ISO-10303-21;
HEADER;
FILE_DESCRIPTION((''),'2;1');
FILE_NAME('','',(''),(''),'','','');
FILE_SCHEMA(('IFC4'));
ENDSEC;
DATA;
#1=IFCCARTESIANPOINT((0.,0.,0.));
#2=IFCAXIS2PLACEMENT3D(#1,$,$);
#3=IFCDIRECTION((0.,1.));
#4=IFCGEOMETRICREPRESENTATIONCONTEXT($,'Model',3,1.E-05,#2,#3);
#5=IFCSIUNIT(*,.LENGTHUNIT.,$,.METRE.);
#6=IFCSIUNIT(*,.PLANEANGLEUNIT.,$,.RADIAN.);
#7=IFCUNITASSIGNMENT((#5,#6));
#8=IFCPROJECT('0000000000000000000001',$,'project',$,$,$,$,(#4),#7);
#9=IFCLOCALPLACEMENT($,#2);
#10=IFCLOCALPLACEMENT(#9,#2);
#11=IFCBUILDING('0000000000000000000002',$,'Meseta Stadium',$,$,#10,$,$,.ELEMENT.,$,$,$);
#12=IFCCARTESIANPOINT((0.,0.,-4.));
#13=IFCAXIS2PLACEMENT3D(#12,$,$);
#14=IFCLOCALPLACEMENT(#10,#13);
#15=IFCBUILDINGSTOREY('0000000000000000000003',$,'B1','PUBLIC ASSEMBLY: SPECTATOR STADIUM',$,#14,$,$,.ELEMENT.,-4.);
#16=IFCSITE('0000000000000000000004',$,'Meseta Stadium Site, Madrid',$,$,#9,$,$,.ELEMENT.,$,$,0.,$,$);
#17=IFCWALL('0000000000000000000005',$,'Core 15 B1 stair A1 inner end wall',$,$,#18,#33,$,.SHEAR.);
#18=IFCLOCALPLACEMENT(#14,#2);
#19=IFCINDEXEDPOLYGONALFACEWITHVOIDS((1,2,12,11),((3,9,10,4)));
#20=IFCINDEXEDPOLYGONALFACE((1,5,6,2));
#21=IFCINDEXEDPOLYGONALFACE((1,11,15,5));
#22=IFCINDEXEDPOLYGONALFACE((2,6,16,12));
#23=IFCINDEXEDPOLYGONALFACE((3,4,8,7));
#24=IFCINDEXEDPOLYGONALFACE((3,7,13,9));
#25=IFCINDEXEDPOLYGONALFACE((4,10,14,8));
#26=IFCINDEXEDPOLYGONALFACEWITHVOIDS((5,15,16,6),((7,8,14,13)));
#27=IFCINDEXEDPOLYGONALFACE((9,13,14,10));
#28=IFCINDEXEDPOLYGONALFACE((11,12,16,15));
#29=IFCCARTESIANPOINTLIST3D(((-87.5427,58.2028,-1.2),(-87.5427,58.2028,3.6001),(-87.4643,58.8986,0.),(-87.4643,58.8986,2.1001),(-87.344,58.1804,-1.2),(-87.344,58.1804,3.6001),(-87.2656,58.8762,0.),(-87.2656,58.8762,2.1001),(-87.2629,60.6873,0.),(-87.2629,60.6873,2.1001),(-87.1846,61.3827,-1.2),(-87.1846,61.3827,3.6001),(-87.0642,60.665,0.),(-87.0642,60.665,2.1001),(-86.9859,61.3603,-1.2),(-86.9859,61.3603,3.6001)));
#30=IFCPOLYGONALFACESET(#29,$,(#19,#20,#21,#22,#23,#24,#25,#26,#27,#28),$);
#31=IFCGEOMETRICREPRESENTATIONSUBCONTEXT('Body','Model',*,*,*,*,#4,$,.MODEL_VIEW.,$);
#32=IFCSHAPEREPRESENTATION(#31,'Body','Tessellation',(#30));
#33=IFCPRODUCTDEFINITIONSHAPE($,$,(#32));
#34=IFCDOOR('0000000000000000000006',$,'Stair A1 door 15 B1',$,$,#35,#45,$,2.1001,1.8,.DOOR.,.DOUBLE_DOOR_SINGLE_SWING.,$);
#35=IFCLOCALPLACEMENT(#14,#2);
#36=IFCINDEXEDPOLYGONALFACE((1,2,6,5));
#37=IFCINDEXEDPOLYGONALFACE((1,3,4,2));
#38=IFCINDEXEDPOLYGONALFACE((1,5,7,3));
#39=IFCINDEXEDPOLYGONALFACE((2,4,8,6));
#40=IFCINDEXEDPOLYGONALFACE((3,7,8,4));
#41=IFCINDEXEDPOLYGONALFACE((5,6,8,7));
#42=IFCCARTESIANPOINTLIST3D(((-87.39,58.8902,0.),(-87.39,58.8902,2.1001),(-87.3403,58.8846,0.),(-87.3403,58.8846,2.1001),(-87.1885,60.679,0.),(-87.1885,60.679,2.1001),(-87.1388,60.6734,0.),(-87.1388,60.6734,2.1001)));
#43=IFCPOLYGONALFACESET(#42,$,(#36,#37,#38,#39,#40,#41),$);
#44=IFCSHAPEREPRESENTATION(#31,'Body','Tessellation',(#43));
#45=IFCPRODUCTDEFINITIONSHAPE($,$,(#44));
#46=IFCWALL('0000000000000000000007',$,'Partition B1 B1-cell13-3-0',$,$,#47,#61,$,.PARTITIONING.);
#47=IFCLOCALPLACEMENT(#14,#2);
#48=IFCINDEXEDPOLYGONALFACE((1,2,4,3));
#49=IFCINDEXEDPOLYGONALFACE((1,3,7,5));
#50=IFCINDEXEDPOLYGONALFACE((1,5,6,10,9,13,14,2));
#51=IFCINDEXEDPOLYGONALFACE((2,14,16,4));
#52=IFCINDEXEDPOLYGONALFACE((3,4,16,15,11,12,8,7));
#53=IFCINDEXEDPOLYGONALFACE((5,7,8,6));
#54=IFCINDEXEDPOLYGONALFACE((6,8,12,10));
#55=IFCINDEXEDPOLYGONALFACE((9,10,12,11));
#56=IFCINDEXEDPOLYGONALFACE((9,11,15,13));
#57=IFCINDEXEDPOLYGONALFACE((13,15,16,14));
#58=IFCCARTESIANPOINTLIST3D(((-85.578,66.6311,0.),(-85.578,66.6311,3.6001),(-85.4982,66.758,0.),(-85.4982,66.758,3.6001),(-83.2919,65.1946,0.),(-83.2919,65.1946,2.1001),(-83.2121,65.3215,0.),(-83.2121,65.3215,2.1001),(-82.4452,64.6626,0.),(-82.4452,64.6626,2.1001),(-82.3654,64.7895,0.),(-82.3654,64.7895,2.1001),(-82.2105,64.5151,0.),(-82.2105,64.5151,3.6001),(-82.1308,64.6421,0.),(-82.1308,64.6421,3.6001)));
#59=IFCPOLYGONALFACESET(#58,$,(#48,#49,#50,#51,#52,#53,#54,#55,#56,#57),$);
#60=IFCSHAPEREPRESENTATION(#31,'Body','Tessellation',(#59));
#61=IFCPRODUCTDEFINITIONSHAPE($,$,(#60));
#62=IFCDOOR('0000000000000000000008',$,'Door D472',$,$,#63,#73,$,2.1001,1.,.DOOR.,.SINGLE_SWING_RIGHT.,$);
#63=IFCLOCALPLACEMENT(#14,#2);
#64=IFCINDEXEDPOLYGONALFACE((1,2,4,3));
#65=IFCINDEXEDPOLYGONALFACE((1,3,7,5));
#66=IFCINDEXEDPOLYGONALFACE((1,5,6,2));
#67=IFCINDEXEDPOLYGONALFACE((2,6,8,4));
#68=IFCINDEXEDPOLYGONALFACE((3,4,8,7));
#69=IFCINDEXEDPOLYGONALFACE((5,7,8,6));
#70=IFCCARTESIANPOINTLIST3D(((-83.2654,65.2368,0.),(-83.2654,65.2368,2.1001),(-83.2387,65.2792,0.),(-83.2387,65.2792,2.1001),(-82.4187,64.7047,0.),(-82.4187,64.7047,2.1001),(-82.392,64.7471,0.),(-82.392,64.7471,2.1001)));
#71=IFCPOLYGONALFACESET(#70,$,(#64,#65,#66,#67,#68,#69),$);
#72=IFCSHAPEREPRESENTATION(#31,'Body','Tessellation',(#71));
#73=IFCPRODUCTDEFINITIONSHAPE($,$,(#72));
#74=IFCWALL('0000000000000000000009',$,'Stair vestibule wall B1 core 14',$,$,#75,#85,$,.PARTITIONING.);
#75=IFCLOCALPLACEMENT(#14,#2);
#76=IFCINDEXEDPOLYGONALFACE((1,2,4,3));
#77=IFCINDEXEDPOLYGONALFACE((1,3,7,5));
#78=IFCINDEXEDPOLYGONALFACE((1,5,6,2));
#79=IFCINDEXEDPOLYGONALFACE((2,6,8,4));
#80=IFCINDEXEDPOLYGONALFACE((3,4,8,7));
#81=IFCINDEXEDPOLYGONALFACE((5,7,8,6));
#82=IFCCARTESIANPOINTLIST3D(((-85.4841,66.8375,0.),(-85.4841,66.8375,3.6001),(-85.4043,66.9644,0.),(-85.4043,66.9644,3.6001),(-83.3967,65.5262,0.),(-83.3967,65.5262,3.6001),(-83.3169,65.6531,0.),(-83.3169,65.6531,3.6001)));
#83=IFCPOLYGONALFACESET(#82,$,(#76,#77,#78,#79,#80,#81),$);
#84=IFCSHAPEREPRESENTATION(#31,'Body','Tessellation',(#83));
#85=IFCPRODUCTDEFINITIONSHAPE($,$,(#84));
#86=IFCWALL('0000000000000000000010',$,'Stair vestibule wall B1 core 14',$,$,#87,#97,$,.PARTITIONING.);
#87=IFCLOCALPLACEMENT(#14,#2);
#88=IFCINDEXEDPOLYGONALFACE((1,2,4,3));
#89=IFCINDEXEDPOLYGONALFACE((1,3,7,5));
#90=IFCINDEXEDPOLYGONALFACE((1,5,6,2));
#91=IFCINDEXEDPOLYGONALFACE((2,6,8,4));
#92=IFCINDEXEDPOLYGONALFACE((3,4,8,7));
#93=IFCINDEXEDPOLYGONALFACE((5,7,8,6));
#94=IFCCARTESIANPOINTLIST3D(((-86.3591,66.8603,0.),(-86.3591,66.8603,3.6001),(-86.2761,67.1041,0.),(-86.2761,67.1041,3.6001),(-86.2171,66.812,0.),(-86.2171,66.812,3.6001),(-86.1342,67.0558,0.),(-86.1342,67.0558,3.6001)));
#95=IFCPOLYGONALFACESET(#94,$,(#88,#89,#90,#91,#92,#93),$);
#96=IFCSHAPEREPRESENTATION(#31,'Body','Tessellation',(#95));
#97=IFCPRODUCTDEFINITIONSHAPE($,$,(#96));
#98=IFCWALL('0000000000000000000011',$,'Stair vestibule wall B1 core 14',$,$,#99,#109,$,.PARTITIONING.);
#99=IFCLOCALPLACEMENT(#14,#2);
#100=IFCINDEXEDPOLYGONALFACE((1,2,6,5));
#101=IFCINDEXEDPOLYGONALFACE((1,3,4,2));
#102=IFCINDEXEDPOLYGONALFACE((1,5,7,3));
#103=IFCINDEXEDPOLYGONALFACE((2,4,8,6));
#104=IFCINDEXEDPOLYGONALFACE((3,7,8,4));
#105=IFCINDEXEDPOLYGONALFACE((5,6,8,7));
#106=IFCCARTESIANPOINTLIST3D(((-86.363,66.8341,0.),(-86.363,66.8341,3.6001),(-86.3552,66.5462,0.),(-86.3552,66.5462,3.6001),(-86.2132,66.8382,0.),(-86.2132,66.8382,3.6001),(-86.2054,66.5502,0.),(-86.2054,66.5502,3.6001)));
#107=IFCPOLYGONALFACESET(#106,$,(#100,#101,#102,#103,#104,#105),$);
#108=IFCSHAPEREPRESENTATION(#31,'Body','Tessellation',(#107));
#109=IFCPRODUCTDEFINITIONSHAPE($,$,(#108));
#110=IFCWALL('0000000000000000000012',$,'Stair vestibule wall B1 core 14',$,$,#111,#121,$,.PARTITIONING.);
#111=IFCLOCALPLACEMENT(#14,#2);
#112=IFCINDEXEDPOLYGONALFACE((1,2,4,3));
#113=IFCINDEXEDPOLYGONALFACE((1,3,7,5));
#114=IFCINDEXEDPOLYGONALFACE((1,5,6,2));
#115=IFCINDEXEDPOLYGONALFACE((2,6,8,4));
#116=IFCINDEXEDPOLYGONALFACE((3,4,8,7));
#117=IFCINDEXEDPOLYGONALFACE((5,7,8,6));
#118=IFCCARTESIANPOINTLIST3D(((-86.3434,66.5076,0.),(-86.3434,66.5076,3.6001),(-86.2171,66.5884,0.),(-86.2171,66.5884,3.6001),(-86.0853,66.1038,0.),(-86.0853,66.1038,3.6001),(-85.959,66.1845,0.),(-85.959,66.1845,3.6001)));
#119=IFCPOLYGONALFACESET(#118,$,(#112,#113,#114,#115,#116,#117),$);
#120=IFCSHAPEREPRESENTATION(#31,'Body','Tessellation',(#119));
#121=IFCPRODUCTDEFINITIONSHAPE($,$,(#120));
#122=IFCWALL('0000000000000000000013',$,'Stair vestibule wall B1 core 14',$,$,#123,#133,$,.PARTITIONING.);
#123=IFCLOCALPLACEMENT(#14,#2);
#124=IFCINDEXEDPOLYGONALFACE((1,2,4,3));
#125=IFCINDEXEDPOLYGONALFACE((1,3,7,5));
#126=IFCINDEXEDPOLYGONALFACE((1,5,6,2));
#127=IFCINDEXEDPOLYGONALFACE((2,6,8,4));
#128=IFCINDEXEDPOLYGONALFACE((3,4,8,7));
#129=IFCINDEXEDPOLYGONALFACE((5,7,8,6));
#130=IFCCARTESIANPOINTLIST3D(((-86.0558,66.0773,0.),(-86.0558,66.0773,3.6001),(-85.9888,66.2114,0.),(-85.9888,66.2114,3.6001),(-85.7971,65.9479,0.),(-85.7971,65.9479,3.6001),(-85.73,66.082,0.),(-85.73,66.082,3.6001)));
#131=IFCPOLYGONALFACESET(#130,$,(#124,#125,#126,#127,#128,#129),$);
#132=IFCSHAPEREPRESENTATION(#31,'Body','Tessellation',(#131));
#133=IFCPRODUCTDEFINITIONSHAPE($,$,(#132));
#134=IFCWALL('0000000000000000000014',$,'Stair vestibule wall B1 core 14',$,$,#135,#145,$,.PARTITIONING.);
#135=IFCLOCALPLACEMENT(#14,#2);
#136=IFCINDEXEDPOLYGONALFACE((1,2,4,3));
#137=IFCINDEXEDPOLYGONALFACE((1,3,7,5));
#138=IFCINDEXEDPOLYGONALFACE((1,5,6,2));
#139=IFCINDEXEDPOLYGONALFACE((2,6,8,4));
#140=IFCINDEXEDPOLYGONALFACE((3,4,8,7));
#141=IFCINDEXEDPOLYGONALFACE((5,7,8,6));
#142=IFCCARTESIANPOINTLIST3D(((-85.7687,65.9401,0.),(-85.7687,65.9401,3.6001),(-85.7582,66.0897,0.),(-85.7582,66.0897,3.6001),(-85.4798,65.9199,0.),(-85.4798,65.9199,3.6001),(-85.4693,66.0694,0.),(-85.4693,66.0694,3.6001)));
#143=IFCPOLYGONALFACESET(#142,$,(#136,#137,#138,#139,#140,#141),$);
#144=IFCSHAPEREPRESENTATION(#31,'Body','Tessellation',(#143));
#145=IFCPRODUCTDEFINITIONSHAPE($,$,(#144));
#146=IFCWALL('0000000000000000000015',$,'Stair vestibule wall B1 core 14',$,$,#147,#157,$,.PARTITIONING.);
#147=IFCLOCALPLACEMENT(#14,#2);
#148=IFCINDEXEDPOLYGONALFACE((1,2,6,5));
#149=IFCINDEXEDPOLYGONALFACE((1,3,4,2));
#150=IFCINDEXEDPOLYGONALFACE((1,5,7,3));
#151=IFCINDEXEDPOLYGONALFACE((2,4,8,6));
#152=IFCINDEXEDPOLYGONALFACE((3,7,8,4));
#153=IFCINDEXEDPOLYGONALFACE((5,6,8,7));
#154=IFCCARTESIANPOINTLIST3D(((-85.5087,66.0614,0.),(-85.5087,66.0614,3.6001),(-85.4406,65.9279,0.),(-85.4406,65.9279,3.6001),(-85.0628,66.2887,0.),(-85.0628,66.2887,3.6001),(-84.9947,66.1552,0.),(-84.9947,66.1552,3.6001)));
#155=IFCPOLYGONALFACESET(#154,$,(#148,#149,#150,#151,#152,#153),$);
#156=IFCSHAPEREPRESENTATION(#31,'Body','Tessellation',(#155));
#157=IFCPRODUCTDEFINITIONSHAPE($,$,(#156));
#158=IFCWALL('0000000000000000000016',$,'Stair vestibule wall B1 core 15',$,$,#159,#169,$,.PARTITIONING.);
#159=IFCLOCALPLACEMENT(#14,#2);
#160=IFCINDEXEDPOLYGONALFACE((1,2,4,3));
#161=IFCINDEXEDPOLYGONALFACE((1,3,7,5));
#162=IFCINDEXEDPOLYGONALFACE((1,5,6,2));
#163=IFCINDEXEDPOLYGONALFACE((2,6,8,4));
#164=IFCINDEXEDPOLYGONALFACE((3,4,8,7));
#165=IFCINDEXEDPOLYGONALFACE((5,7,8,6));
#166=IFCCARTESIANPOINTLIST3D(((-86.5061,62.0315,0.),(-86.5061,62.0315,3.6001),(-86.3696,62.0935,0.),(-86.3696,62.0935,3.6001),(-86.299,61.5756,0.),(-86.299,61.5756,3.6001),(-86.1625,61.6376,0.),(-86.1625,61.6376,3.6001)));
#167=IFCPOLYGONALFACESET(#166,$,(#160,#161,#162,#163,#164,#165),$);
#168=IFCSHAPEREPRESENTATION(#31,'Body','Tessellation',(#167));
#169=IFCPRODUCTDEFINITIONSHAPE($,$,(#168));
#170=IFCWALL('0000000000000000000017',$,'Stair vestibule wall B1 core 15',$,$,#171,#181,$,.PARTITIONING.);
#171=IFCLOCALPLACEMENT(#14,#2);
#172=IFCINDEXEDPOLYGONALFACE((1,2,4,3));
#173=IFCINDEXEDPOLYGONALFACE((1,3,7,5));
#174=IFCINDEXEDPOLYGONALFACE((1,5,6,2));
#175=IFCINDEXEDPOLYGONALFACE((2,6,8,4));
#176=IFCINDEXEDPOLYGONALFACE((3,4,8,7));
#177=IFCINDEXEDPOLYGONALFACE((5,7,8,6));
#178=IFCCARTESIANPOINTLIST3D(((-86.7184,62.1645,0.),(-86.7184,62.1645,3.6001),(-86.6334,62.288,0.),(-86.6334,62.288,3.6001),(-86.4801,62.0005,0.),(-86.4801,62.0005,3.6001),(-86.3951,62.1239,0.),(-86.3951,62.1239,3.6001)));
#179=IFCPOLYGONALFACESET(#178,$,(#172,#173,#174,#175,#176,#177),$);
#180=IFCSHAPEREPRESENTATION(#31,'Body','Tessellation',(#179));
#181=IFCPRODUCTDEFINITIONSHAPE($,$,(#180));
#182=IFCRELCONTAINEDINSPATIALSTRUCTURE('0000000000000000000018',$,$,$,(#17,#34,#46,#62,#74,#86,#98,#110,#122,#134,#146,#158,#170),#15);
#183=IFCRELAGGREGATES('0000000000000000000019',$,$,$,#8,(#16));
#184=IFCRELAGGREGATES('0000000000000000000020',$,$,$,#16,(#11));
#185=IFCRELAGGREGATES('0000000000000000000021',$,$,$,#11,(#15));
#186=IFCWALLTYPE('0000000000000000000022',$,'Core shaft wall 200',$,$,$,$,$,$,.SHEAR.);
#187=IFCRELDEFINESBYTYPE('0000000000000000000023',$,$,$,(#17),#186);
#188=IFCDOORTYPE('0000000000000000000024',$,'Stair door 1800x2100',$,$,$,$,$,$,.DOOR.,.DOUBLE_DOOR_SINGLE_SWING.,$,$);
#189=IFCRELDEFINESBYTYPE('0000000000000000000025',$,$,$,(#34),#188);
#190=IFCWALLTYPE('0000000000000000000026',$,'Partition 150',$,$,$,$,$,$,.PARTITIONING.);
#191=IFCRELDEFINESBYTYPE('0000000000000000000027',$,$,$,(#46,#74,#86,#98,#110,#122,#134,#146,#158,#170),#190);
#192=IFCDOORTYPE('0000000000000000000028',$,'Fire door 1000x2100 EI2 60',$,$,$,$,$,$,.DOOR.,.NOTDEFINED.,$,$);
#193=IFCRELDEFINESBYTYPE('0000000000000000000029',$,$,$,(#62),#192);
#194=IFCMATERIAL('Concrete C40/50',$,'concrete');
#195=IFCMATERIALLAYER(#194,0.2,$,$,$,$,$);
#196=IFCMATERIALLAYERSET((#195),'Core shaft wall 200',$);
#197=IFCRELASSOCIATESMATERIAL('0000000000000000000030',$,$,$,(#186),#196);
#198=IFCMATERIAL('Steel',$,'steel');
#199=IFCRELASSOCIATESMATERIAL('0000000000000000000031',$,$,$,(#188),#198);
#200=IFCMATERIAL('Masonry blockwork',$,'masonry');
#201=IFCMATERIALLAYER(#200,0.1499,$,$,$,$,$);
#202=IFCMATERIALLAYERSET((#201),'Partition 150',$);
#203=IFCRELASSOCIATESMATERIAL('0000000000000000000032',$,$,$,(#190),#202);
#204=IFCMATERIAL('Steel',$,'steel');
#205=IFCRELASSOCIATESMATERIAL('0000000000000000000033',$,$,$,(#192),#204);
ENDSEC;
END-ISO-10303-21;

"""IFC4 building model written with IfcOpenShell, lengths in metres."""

from ifc_helpers import new_model, si_unit, direction, frame, frame_2d, origin, place, context, subcontext, project, spatial, rectangle, extrude, material, layer, layer_set, type_object, element, fill, save


model = new_model("IFC4")

# Units and contexts
model_context = context("Model", 3, precision=1e-05, world=origin(), true_north=direction((0.0, 1.0)))
body_context = subcontext(model_context, "Body", "Model", "MODEL_VIEW")
ifc_project = project(units=[si_unit("LENGTHUNIT", "METRE"), si_unit("PLANEANGLEUNIT", "RADIAN")], contexts=[model_context])

# Site, building, storey
site_placement = place(None, origin())
site = spatial("IfcSite", under=ifc_project, at=site_placement, Name="Meseta Stadium Site, Madrid", CompositionType="ELEMENT", RefElevation=0.0)
building_placement = place(site_placement, origin())
building = spatial("IfcBuilding", under=site, at=building_placement, Name="Meseta Stadium", CompositionType="ELEMENT")
storey_placement = place(building_placement, frame((0.0, 0.0, -4.0)))
storey = spatial("IfcBuildingStorey", under=building, at=storey_placement, Name="B1", Description="PUBLIC ASSEMBLY: SPECTATOR STADIUM", CompositionType="ELEMENT", Elevation=-4.0)

# Walls, openings, doors
ifc_material_1 = material(Name="Concrete C40/50", Category="concrete")
ifc_layer_1 = layer(ifc_material_1, 0.2)
ifc_layer_set_1 = layer_set([ifc_layer_1], Name="Core shaft wall 200")
wall_type_1 = type_object("IfcWallType", Name="Core shaft wall 200", PredefinedType="SHEAR", material=ifc_layer_set_1)
wall_1_placement = place(storey_placement, frame((-87.0852, 61.3716, -1.2), z_axis=(0.0, 0.0, 1.0), x_axis=(-0.111922, -0.993717, 0.0)))
wall_1 = element("IfcWall", 1, at=wall_1_placement, inside=storey, type_object=wall_type_1, Name="Core 15 B1 stair A1 inner end wall", PredefinedType="SHEAR", context=body_context, shape_type="SweptSolid", body=[
    extrude(rectangle(XDim=3.2, YDim=0.2, at=frame_2d((1.6001, 0.0))), origin(), (0.0, 0.0, 1.0), 4.8),
])
opening_1_placement = place(wall_1_placement, frame((0.7, 0.0, 1.2)))
opening_1 = element("IfcOpeningElement", 2, at=opening_1_placement, cuts=wall_1, PredefinedType="OPENING", context=body_context, shape_type="SweptSolid", body=[
    extrude(rectangle(XDim=1.8, YDim=2.1001, at=frame_2d((0.8999, 1.05))), frame((0.0, 0.1099, 0.0), z_axis=(0.0, -1.0, 0.0), x_axis=(1.0, 0.0, 0.0)), (0.0, 0.0, 1.0), 0.22),
])
ifc_material_2 = material(Name="Steel", Category="steel")
door_type_1 = type_object("IfcDoorType", Name="Stair door 1800x2100", OperationType="DOUBLE_DOOR_SINGLE_SWING", PredefinedType="DOOR", material=ifc_material_2)
door_1_placement = place(opening_1_placement, origin())
door_1 = element("IfcDoor", 3, at=door_1_placement, inside=storey, type_object=door_type_1, Name="Stair A1 door 15 B1", OperationType="DOUBLE_DOOR_SINGLE_SWING", OverallHeight=2.1001, OverallWidth=1.8, PredefinedType="DOOR", context=body_context, shape_type="SweptSolid", body=[
    extrude(rectangle(XDim=1.8, YDim=2.1001, at=frame_2d((0.8999, 1.05))), frame((0.0, 0.0249, 0.0), z_axis=(0.0, -1.0, 0.0), x_axis=(1.0, 0.0, 0.0)), (0.0, 0.0, 1.0), 0.05),
])
fill(opening_1, door_1)
ifc_material_3 = material(Name="Masonry blockwork", Category="masonry")
ifc_layer_2 = layer(ifc_material_3, 0.1499)
ifc_layer_set_2 = layer_set([ifc_layer_2], Name="Partition 150")
wall_type_2 = type_object("IfcWallType", Name="Partition 150", PredefinedType="PARTITIONING", material=ifc_layer_set_2)
wall_2_placement = place(storey_placement, frame((-85.5381, 66.6946, 0.0), z_axis=(0.0, 0.0, 1.0), x_axis=(0.846716, -0.532045, 0.0)))
wall_2 = element("IfcWall", 4, at=wall_2_placement, inside=storey, type_object=wall_type_2, Name="Partition B1 B1-cell13-3-0", PredefinedType="PARTITIONING", context=body_context, shape_type="SweptSolid", body=[
    extrude(rectangle(XDim=3.9771, YDim=0.1499, at=frame_2d((1.9885, 0.0))), origin(), (0.0, 0.0, 1.0), 3.6001),
])
opening_2_placement = place(wall_2_placement, frame((2.7, 0.0, 0.0)))
opening_2 = element("IfcOpeningElement", 5, at=opening_2_placement, cuts=wall_2, PredefinedType="OPENING", context=body_context, shape_type="SweptSolid", body=[
    extrude(rectangle(XDim=1.0, YDim=2.1001, at=frame_2d((0.5, 1.05))), frame((0.0, 0.085, 0.0), z_axis=(0.0, -1.0, 0.0), x_axis=(1.0, 0.0, 0.0)), (0.0, 0.0, 1.0), 0.1699),
])
ifc_material_4 = material(Name="Steel", Category="steel")
door_type_2 = type_object("IfcDoorType", Name="Fire door 1000x2100 EI2 60", OperationType="NOTDEFINED", PredefinedType="DOOR", material=ifc_material_4)
door_2_placement = place(opening_2_placement, origin())
door_2 = element("IfcDoor", 6, at=door_2_placement, inside=storey, type_object=door_type_2, Name="Door D472", OperationType="SINGLE_SWING_RIGHT", OverallHeight=2.1001, OverallWidth=1.0, PredefinedType="DOOR", context=body_context, shape_type="SweptSolid", body=[
    extrude(rectangle(XDim=1.0, YDim=2.1001, at=frame_2d((0.5, 1.05))), frame((0.0, 0.0249, 0.0), z_axis=(0.0, -1.0, 0.0), x_axis=(1.0, 0.0, 0.0)), (0.0, 0.0, 1.0), 0.05),
])
fill(opening_2, door_2)

# Walls
wall_3_placement = place(storey_placement, frame((-85.4441, 66.9009, 0.0), z_axis=(0.0, 0.0, 1.0), x_axis=(0.846783, -0.531938, 0.0)))
element("IfcWall", 7, at=wall_3_placement, inside=storey, type_object=wall_type_2, Name="Stair vestibule wall B1 core 14", PredefinedType="PARTITIONING", context=body_context, shape_type="SweptSolid", body=[
    extrude(rectangle(XDim=2.4651, YDim=0.1499, at=frame_2d((1.2324, 0.0))), origin(), (0.0, 0.0, 1.0), 3.6001),
])
wall_4_placement = place(storey_placement, frame((-86.2051, 67.0801, 0.0), z_axis=(0.0, 0.0, 1.0), x_axis=(-0.322192, -0.946675, 0.0)))
element("IfcWall", 8, at=wall_4_placement, inside=storey, type_object=wall_type_2, Name="Stair vestibule wall B1 core 14", PredefinedType="PARTITIONING", context=body_context, shape_type="SweptSolid", body=[
    extrude(rectangle(XDim=0.2576, YDim=0.1499, at=frame_2d((0.1289, 0.0))), origin(), (0.0, 0.0, 1.0), 3.6001),
])
wall_5_placement = place(storey_placement, frame((-86.2881, 66.8362, 0.0), z_axis=(0.0, 0.0, 1.0), x_axis=(0.027109, -0.999632, 0.0)))
element("IfcWall", 9, at=wall_5_placement, inside=storey, type_object=wall_type_2, Name="Stair vestibule wall B1 core 14", PredefinedType="PARTITIONING", context=body_context, shape_type="SweptSolid", body=[
    extrude(rectangle(XDim=0.2881, YDim=0.1499, at=frame_2d((0.144, 0.0))), origin(), (0.0, 0.0, 1.0), 3.6001),
])
wall_6_placement = place(storey_placement, frame((-86.2803, 66.5481, 0.0), z_axis=(0.0, 0.0, 1.0), x_axis=(0.53849, -0.842632, 0.0)))
element("IfcWall", 10, at=wall_6_placement, inside=storey, type_object=wall_type_2, Name="Stair vestibule wall B1 core 14", PredefinedType="PARTITIONING", context=body_context, shape_type="SweptSolid", body=[
    extrude(rectangle(XDim=0.4792, YDim=0.1499, at=frame_2d((0.2397, 0.0))), origin(), (0.0, 0.0, 1.0), 3.6001),
])
wall_7_placement = place(storey_placement, frame((-86.0222, 66.1443, 0.0), z_axis=(0.0, 0.0, 1.0), x_axis=(0.894427, -0.447214, 0.0)))
element("IfcWall", 11, at=wall_7_placement, inside=storey, type_object=wall_type_2, Name="Stair vestibule wall B1 core 14", PredefinedType="PARTITIONING", context=body_context, shape_type="SweptSolid", body=[
    extrude(rectangle(XDim=0.2893, YDim=0.1499, at=frame_2d((0.1445, 0.0))), origin(), (0.0, 0.0, 1.0), 3.6001),
])
wall_8_placement = place(storey_placement, frame((-85.7634, 66.0149, 0.0), z_axis=(0.0, 0.0, 1.0), x_axis=(0.997548, -0.069989, 0.0)))
element("IfcWall", 12, at=wall_8_placement, inside=storey, type_object=wall_type_2, Name="Stair vestibule wall B1 core 14", PredefinedType="PARTITIONING", context=body_context, shape_type="SweptSolid", body=[
    extrude(rectangle(XDim=0.2896, YDim=0.1499, at=frame_2d((0.1448, 0.0))), origin(), (0.0, 0.0, 1.0), 3.6001),
])
wall_9_placement = place(storey_placement, frame((-85.4746, 65.9946, 0.0), z_axis=(0.0, 0.0, 1.0), x_axis=(0.890887, 0.454225, 0.0)))
element("IfcWall", 13, at=wall_9_placement, inside=storey, type_object=wall_type_2, Name="Stair vestibule wall B1 core 14", PredefinedType="PARTITIONING", context=body_context, shape_type="SweptSolid", body=[
    extrude(rectangle(XDim=0.5005, YDim=0.1499, at=frame_2d((0.2502, 0.0))), origin(), (0.0, 0.0, 1.0), 3.6001),
])
wall_10_placement = place(storey_placement, frame((-86.2307, 61.6064, 0.0), z_axis=(0.0, 0.0, 1.0), x_axis=(-0.413546, 0.910483, 0.0)))
element("IfcWall", 14, at=wall_10_placement, inside=storey, type_object=wall_type_2, Name="Stair vestibule wall B1 core 15", PredefinedType="PARTITIONING", context=body_context, shape_type="SweptSolid", body=[
    extrude(rectangle(XDim=0.5007, YDim=0.1499, at=frame_2d((0.2505, 0.0))), origin(), (0.0, 0.0, 1.0), 3.6001),
])
wall_11_placement = place(storey_placement, frame((-86.4377, 62.0623, 0.0), z_axis=(0.0, 0.0, 1.0), x_axis=(-0.823648, 0.567102, 0.0)))
element("IfcWall", 15, at=wall_11_placement, inside=storey, type_object=wall_type_2, Name="Stair vestibule wall B1 core 15", PredefinedType="PARTITIONING", context=body_context, shape_type="SweptSolid", body=[
    extrude(rectangle(XDim=0.2893, YDim=0.1499, at=frame_2d((0.1445, 0.0))), origin(), (0.0, 0.0, 1.0), 3.6001),
])

save(model, "model.ifc")
